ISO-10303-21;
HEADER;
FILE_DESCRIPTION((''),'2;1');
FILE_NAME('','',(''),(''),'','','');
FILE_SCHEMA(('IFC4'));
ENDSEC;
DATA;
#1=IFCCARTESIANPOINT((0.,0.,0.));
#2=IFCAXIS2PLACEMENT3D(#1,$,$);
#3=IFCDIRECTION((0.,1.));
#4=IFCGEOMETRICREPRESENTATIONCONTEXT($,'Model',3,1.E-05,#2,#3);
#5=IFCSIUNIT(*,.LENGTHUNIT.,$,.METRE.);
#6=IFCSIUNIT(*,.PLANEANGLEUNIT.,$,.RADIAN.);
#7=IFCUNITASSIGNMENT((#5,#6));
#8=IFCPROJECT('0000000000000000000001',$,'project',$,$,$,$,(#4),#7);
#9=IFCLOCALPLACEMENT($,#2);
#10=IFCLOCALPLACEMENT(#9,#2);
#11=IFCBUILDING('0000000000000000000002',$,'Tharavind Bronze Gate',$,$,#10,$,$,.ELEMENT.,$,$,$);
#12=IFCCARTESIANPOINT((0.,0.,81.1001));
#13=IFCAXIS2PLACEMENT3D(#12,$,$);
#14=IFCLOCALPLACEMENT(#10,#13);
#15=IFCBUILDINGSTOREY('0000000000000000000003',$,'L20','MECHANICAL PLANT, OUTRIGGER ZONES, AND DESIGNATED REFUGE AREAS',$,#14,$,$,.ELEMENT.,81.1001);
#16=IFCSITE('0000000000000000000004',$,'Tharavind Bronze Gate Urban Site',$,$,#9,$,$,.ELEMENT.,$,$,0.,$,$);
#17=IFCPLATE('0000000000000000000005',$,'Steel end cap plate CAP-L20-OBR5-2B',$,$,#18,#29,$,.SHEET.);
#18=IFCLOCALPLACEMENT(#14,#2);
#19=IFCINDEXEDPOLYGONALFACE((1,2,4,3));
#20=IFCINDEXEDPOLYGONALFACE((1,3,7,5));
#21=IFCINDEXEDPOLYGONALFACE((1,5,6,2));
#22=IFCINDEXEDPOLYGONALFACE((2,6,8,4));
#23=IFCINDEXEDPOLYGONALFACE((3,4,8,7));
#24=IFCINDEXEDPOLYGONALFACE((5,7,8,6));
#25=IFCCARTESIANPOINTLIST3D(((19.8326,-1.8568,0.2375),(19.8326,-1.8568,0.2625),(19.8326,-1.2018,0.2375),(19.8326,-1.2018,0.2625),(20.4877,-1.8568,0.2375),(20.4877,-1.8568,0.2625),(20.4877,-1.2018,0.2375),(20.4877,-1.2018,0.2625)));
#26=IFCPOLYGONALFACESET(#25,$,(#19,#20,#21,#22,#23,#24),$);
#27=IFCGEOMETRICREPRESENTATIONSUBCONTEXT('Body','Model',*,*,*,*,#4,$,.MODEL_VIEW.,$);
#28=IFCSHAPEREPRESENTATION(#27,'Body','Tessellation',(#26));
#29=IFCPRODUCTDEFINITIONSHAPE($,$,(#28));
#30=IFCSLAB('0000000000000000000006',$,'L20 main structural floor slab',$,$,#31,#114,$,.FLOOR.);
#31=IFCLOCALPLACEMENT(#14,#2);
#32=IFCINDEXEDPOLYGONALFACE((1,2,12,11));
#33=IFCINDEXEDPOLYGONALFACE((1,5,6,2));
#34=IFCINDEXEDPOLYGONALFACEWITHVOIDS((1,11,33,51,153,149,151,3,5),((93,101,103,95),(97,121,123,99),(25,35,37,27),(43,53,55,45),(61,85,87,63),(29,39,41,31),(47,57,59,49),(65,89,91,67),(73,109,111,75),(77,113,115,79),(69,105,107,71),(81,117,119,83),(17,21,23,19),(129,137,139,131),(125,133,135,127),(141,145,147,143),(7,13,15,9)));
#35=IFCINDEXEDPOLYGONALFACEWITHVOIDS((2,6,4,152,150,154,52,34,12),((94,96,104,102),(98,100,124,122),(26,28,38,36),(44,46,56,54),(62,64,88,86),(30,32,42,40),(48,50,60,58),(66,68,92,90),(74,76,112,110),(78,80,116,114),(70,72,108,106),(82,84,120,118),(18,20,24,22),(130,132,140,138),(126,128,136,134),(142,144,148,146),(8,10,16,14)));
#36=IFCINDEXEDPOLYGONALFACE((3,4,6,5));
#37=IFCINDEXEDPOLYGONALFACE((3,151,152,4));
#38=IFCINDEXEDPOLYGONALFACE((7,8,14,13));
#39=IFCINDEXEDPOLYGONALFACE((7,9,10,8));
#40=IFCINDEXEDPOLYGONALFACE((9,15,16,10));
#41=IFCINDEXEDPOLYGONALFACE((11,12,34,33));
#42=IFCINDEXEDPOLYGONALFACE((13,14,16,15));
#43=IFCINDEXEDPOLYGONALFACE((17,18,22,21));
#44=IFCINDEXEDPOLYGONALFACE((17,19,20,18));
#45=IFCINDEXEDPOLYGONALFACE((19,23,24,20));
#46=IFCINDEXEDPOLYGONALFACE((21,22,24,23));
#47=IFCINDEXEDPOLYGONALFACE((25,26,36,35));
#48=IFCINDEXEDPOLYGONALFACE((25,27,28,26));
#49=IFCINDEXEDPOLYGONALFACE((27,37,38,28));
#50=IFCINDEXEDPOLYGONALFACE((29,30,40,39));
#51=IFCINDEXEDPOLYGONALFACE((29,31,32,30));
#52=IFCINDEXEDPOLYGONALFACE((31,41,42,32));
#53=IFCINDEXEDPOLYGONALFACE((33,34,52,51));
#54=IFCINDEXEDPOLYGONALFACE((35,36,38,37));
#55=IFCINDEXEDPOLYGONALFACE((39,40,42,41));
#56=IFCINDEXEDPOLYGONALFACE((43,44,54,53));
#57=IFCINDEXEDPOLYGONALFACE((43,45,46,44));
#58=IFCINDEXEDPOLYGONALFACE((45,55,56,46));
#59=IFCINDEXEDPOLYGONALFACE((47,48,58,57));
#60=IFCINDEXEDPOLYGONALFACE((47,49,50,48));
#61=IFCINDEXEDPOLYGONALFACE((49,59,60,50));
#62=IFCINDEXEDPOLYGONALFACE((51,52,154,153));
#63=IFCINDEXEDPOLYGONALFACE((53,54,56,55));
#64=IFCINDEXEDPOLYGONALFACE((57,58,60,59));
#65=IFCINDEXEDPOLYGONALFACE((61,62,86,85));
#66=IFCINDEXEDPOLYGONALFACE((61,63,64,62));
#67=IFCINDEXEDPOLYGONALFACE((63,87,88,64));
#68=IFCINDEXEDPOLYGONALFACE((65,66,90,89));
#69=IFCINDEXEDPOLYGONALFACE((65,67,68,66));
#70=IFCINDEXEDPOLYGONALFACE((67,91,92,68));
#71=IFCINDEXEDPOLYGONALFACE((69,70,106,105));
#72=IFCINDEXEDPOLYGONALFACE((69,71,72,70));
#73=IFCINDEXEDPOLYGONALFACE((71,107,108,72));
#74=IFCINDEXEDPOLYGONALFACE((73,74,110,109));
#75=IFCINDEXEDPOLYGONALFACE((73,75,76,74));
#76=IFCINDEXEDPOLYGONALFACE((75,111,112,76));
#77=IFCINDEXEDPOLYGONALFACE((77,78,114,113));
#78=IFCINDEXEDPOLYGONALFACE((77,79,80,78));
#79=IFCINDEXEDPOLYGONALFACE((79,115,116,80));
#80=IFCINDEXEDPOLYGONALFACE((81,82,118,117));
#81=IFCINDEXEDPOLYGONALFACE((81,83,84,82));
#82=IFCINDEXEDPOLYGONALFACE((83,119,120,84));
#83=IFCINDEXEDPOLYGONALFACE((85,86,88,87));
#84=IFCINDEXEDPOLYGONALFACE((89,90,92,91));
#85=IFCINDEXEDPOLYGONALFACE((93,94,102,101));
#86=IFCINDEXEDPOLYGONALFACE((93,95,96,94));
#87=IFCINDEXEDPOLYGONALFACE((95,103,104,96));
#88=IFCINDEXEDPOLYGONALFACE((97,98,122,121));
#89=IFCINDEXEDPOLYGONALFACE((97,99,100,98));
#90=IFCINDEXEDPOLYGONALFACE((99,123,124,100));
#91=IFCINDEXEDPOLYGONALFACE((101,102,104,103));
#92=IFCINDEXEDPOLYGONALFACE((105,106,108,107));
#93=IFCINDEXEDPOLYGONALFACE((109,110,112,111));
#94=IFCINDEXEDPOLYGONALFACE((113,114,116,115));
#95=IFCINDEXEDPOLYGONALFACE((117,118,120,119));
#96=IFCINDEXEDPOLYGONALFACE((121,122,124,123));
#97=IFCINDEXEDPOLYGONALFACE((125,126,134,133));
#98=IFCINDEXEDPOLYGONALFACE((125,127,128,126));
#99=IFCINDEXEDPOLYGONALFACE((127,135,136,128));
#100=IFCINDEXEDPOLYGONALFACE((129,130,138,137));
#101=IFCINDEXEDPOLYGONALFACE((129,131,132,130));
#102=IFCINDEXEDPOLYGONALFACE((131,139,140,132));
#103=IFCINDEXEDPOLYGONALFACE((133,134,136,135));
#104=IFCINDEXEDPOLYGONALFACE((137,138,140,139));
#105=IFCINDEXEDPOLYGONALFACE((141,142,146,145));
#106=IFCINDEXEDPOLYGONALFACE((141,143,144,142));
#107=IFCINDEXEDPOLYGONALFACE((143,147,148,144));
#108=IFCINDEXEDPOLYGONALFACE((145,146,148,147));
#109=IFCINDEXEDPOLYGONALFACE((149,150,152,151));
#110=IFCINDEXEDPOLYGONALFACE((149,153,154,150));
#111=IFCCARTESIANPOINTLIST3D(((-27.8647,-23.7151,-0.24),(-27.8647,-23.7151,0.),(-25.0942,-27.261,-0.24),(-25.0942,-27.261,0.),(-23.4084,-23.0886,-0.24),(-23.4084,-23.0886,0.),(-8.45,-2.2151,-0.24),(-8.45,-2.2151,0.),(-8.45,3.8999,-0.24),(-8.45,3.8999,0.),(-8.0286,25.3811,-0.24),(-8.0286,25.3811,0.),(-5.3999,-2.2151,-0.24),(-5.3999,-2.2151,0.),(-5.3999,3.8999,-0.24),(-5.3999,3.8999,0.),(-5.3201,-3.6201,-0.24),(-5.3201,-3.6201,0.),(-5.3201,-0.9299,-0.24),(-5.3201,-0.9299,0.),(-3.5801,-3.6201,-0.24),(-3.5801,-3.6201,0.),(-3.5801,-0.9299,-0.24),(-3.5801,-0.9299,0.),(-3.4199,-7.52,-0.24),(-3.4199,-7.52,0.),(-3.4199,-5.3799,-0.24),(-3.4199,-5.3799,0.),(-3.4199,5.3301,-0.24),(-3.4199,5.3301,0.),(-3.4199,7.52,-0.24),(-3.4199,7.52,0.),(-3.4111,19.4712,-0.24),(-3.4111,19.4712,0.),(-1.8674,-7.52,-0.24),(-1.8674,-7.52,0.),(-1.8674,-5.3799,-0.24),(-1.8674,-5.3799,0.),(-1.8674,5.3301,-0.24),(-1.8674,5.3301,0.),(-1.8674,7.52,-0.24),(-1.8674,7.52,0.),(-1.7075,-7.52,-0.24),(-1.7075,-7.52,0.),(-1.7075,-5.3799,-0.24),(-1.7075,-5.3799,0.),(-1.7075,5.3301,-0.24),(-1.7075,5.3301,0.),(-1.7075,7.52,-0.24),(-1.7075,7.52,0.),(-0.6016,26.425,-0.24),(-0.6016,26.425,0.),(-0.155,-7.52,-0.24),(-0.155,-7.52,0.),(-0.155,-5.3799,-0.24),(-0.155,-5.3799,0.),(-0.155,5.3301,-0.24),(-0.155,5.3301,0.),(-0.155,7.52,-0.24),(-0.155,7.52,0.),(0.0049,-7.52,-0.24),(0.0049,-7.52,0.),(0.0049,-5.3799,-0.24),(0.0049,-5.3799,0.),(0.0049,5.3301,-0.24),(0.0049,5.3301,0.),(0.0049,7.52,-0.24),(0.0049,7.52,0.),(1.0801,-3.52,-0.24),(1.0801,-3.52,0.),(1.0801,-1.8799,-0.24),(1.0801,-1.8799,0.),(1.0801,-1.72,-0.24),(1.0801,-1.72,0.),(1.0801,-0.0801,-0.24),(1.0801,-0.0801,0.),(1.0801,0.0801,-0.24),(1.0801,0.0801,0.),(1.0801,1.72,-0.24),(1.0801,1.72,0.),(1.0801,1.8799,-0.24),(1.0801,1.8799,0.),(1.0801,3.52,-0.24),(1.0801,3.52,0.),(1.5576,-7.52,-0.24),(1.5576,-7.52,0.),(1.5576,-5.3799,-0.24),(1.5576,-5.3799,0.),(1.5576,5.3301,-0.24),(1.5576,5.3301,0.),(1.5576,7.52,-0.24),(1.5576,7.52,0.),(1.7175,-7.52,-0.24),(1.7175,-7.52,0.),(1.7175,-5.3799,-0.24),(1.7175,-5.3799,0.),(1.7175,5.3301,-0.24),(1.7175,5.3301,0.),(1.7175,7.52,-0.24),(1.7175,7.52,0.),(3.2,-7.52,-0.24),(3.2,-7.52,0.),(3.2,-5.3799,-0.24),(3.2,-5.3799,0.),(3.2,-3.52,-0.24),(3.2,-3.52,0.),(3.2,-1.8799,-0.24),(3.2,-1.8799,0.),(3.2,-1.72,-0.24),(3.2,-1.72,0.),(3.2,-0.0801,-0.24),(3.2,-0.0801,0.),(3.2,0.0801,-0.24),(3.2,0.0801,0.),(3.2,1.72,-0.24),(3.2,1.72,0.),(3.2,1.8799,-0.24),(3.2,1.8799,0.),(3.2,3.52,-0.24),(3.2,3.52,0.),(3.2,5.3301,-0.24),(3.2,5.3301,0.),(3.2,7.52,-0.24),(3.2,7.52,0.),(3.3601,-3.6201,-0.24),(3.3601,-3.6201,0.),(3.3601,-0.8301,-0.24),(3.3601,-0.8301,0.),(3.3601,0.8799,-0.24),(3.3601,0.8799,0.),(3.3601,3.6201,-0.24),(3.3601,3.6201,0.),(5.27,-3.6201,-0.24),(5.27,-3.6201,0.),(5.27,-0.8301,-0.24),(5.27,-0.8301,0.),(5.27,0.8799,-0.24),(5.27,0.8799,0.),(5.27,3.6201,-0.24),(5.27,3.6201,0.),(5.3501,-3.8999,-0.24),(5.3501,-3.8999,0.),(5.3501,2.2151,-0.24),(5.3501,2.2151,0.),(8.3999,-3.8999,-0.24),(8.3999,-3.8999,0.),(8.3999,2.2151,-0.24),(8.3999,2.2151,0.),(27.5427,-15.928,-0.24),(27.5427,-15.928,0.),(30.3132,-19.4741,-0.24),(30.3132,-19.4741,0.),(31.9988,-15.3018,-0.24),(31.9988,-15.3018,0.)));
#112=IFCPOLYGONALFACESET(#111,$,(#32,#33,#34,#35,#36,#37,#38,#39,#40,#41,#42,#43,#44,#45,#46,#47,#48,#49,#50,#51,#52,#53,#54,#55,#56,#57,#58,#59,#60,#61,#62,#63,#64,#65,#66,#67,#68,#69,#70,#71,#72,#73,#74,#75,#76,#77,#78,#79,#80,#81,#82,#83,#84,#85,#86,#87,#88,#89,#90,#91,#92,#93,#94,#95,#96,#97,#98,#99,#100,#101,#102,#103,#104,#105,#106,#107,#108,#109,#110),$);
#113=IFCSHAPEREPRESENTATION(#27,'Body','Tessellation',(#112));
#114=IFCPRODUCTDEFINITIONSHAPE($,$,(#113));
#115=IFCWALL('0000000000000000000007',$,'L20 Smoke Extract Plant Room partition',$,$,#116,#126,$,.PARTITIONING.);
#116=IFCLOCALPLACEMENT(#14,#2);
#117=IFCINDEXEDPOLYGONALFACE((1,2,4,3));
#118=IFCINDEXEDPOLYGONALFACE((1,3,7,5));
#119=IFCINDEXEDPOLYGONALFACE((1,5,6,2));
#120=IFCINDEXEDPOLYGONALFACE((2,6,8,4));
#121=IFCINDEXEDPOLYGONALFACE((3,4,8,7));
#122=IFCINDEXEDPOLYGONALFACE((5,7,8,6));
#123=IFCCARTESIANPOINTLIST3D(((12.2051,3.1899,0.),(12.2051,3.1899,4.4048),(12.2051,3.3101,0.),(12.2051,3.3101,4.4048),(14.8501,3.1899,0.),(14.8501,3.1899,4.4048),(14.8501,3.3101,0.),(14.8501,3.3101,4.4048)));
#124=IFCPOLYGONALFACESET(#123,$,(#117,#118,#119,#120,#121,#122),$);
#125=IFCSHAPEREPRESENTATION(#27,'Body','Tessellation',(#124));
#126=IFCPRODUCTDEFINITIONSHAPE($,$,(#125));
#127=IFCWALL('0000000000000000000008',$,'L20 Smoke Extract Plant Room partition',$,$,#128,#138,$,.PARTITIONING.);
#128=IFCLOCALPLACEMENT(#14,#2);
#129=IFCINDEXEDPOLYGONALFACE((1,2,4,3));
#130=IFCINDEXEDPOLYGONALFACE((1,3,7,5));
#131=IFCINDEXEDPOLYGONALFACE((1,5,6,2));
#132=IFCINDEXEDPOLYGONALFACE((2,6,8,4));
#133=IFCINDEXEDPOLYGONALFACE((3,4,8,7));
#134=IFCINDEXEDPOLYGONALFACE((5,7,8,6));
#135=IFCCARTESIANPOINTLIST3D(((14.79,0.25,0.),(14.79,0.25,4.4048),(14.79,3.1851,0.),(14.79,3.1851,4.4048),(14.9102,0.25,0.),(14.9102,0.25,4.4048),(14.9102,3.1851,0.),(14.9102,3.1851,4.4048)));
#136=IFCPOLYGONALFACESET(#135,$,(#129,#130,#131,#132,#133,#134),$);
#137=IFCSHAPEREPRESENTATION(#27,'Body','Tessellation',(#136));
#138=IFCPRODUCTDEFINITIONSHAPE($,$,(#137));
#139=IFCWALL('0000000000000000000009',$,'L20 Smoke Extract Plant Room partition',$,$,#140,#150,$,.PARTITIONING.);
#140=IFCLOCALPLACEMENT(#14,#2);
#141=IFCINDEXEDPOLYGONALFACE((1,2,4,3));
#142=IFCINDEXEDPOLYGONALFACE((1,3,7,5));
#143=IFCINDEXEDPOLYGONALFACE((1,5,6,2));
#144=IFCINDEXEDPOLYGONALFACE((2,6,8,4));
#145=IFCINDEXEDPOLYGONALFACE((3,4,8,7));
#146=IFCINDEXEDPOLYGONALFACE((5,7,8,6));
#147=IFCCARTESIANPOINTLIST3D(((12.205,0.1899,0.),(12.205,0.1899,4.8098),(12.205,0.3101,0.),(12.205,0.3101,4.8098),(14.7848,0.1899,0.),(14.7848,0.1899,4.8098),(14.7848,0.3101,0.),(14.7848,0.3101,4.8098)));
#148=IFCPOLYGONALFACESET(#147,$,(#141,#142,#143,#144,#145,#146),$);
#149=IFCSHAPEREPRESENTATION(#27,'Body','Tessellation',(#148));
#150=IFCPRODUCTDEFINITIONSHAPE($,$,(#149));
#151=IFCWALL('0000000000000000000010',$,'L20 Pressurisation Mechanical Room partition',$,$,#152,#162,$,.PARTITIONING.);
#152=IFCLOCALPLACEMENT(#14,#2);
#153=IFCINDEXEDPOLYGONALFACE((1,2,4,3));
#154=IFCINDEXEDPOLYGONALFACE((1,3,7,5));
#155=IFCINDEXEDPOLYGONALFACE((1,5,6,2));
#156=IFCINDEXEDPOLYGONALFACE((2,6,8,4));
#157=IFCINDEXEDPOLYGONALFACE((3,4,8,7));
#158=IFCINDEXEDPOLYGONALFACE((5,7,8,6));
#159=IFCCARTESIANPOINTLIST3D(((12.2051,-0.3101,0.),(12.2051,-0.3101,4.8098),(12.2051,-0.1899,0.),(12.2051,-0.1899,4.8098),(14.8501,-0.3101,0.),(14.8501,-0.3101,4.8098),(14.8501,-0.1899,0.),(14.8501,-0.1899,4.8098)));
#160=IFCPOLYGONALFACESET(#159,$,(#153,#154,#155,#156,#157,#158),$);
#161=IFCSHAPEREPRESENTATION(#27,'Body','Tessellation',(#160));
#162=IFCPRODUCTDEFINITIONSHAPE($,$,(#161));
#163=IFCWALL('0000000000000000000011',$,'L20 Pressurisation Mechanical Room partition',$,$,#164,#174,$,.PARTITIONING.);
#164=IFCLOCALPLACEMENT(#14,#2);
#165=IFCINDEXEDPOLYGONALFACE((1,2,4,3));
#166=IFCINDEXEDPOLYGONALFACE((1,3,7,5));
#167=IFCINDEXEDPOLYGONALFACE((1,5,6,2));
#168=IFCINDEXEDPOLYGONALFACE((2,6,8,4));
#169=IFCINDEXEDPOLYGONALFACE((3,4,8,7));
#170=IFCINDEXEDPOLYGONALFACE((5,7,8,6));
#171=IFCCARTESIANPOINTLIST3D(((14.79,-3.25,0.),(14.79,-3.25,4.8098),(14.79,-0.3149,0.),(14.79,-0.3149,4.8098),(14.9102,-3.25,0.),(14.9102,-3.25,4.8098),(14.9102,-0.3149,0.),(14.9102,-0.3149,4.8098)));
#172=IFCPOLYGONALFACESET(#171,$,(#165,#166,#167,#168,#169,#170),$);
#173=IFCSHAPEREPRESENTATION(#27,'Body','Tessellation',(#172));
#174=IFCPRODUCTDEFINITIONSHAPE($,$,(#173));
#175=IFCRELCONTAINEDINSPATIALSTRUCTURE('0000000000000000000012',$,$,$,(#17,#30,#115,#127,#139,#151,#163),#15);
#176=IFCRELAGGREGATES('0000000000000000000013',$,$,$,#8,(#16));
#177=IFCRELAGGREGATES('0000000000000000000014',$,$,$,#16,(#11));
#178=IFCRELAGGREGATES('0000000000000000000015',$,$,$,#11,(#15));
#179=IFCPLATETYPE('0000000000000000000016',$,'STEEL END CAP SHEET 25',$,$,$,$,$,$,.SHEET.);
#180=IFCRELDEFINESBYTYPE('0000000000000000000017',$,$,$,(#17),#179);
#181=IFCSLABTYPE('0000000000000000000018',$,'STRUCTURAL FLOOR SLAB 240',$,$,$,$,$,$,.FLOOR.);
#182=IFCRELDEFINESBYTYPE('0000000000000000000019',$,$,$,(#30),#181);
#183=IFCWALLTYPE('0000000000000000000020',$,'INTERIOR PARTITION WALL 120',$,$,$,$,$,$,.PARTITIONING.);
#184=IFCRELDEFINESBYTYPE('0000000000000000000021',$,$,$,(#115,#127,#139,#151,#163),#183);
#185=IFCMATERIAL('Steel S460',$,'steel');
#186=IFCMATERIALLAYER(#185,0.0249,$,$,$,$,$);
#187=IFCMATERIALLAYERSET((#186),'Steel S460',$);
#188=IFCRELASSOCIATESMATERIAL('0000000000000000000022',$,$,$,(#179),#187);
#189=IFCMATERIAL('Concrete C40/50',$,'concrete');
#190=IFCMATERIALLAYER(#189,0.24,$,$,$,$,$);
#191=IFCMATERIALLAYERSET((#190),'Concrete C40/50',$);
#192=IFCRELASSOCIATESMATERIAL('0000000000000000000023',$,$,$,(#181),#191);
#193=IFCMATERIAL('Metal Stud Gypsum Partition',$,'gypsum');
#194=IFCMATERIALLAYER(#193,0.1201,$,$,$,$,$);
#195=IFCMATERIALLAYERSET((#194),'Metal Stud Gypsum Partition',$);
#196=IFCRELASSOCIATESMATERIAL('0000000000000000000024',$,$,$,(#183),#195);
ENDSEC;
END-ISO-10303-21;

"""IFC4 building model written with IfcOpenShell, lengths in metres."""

from ifc_helpers import new_model, si_unit, direction, frame, frame_2d, origin, origin_2d, place, context, subcontext, project, spatial, polyline, rectangle, outline, extrude, material, layer, layer_set, type_object, element, save


model = new_model("IFC4")

# Units and contexts
model_context = context("Model", 3, precision=1e-05, world=origin(), true_north=direction((0.0, 1.0)))
body_context = subcontext(model_context, "Body", "Model", "MODEL_VIEW")
ifc_project = project(units=[si_unit("LENGTHUNIT", "METRE"), si_unit("PLANEANGLEUNIT", "RADIAN")], contexts=[model_context])

# Site, building, storey
site_placement = place(None, origin())
site = spatial("IfcSite", under=ifc_project, at=site_placement, Name="Tharavind Bronze Gate Urban Site", CompositionType="ELEMENT", RefElevation=0.0)
building_placement = place(site_placement, origin())
building = spatial("IfcBuilding", under=site, at=building_placement, Name="Tharavind Bronze Gate", CompositionType="ELEMENT")
storey_placement = place(building_placement, frame((0.0, 0.0, 81.1001)))
storey = spatial("IfcBuildingStorey", under=building, at=storey_placement, Name="L20", Description="MECHANICAL PLANT, OUTRIGGER ZONES, AND DESIGNATED REFUGE AREAS", CompositionType="ELEMENT", Elevation=81.1001)

# Shared definitions
ifc_material_1 = material(Name="Steel S460", Category="steel")

# Shared definitions
ifc_material_2 = material(Name="Concrete C40/50", Category="concrete")

# Plate
ifc_layer_1 = layer(ifc_material_1, 0.0249)
ifc_layer_set_1 = layer_set([ifc_layer_1], Name="Steel S460")
plate_type = type_object("IfcPlateType", Name="STEEL END CAP SHEET 25", PredefinedType="SHEET", material=ifc_layer_set_1)
plate_1_placement = place(storey_placement, frame((20.1602, -1.5293, 0.2375), z_axis=(0.0, 0.0, 1.0), x_axis=(1.0, 0.0, 0.0)))
element("IfcPlate", 1, at=plate_1_placement, inside=storey, type_object=plate_type, Name="Steel end cap plate CAP-L20-OBR5-2B", PredefinedType="SHEET", context=body_context, shape_type="SweptSolid", body=[
    extrude(rectangle(XDim=0.655, YDim=0.655, at=origin_2d()), origin(), (0.0, 0.0, 1.0), 0.0249),
])

# Slab
ifc_layer_2 = layer(ifc_material_2, 0.24)
ifc_layer_set_2 = layer_set([ifc_layer_2], Name="Concrete C40/50")
slab_type_1 = type_object("IfcSlabType", Name="STRUCTURAL FLOOR SLAB 240", PredefinedType="FLOOR", material=ifc_layer_set_2)
slab_1_placement = place(storey_placement, frame((0.0, 0.0, -0.24)))
element("IfcSlab", 2, at=slab_1_placement, inside=storey, type_object=slab_type_1, Name="L20 main structural floor slab", PredefinedType="FLOOR", context=body_context, shape_type="SweptSolid", body=[
    extrude(outline(polyline([(-0.6016, 26.425), (-3.4111, 19.4712), (-8.0286, 25.3811), (-27.8647, -23.7151), (-23.4084, -23.0886), (-25.0942, -27.261), (30.3132, -19.4741), (27.5427, -15.928), (31.9988, -15.3018), (-0.6016, 26.425)]), holes=[polyline([(-5.3999, -2.2151), (-5.3999, 3.8999), (-8.45, 3.8999), (-8.45, -2.2151), (-5.3999, -2.2151)]), polyline([(5.3501, 2.2151), (5.3501, -3.8999), (8.3999, -3.8999), (8.3999, 2.2151), (5.3501, 2.2151)]), polyline([(-3.4199, -7.52), (-1.8674, -7.52), (-1.8674, -5.3799), (-3.4199, -5.3799), (-3.4199, -7.52)]), polyline([(-1.7075, -7.52), (-0.155, -7.52), (-0.155, -5.3799), (-1.7075, -5.3799), (-1.7075, -7.52)]), polyline([(0.0049, -7.52), (1.5576, -7.52), (1.5576, -5.3799), (0.0049, -5.3799), (0.0049, -7.52)]), polyline([(1.7175, -7.52), (3.2, -7.52), (3.2, -5.3799), (1.7175, -5.3799), (1.7175, -7.52)]), polyline([(-3.4199, 5.3301), (-1.8674, 5.3301), (-1.8674, 7.52), (-3.4199, 7.52), (-3.4199, 5.3301)]), polyline([(-1.7075, 5.3301), (-0.155, 5.3301), (-0.155, 7.52), (-1.7075, 7.52), (-1.7075, 5.3301)]), polyline([(0.0049, 5.3301), (1.5576, 5.3301), (1.5576, 7.52), (0.0049, 7.52), (0.0049, 5.3301)]), polyline([(1.7175, 5.3301), (3.2, 5.3301), (3.2, 7.52), (1.7175, 7.52), (1.7175, 5.3301)]), polyline([(1.0801, -3.52), (3.2, -3.52), (3.2, -1.8799), (1.0801, -1.8799), (1.0801, -3.52)]), polyline([(1.0801, -1.72), (3.2, -1.72), (3.2, -0.0801), (1.0801, -0.0801), (1.0801, -1.72)]), polyline([(1.0801, 0.0801), (3.2, 0.0801), (3.2, 1.72), (1.0801, 1.72), (1.0801, 0.0801)]), polyline([(1.0801, 1.8799), (3.2, 1.8799), (3.2, 3.52), (1.0801, 3.52), (1.0801, 1.8799)]), polyline([(-5.3201, -3.6201), (-3.5801, -3.6201), (-3.5801, -0.9299), (-5.3201, -0.9299), (-5.3201, -3.6201)]), polyline([(3.3601, 0.8799), (5.27, 0.8799), (5.27, 3.6201), (3.3601, 3.6201), (3.3601, 0.8799)]), polyline([(3.3601, -3.6201), (5.27, -3.6201), (5.27, -0.8301), (3.3601, -0.8301), (3.3601, -3.6201)])]), origin(), (0.0, 0.0, 1.0), 0.24),
])

# Walls
ifc_material_3 = material(Name="Metal Stud Gypsum Partition", Category="gypsum")
ifc_layer_3 = layer(ifc_material_3, 0.1201)
ifc_layer_set_3 = layer_set([ifc_layer_3], Name="Metal Stud Gypsum Partition")
wall_type_1 = type_object("IfcWallType", Name="INTERIOR PARTITION WALL 120", PredefinedType="PARTITIONING", material=ifc_layer_set_3)
wall_1_placement = place(storey_placement, frame((12.2051, 3.25, 0.0), z_axis=(0.0, 0.0, 1.0), x_axis=(1.0, 0.0, 0.0)))
element("IfcWall", 3, at=wall_1_placement, inside=storey, type_object=wall_type_1, Name="L20 Smoke Extract Plant Room partition", PredefinedType="PARTITIONING", context=body_context, shape_type="SweptSolid", body=[
    extrude(rectangle(XDim=2.645, YDim=0.1201, at=frame_2d((1.3225, 0.0))), origin(), (0.0, 0.0, 1.0), 4.4048),
])
wall_2_placement = place(storey_placement, frame((14.8501, 3.1851, 0.0), z_axis=(0.0, 0.0, 1.0), x_axis=(0.0, -1.0, 0.0)))
element("IfcWall", 4, at=wall_2_placement, inside=storey, type_object=wall_type_1, Name="L20 Smoke Extract Plant Room partition", PredefinedType="PARTITIONING", context=body_context, shape_type="SweptSolid", body=[
    extrude(rectangle(XDim=2.9351, YDim=0.1201, at=frame_2d((1.4675, 0.0))), origin(), (0.0, 0.0, 1.0), 4.4048),
])
wall_3_placement = place(storey_placement, frame((14.7849, 0.25, 0.0), z_axis=(0.0, 0.0, 1.0), x_axis=(-1.0, 0.0, 0.0)))
element("IfcWall", 5, at=wall_3_placement, inside=storey, type_object=wall_type_1, Name="L20 Smoke Extract Plant Room partition", PredefinedType="PARTITIONING", context=body_context, shape_type="SweptSolid", body=[
    extrude(rectangle(XDim=2.5798, YDim=0.1201, at=frame_2d((1.29, 0.0))), origin(), (0.0, 0.0, 1.0), 4.8098),
])
wall_4_placement = place(storey_placement, frame((12.2051, -0.25, 0.0), z_axis=(0.0, 0.0, 1.0), x_axis=(1.0, 0.0, 0.0)))
element("IfcWall", 6, at=wall_4_placement, inside=storey, type_object=wall_type_1, Name="L20 Pressurisation Mechanical Room partition", PredefinedType="PARTITIONING", context=body_context, shape_type="SweptSolid", body=[
    extrude(rectangle(XDim=2.645, YDim=0.1201, at=frame_2d((1.3225, 0.0))), origin(), (0.0, 0.0, 1.0), 4.8098),
])
wall_5_placement = place(storey_placement, frame((14.8501, -0.3149, 0.0), z_axis=(0.0, 0.0, 1.0), x_axis=(0.0, -1.0, 0.0)))
element("IfcWall", 7, at=wall_5_placement, inside=storey, type_object=wall_type_1, Name="L20 Pressurisation Mechanical Room partition", PredefinedType="PARTITIONING", context=body_context, shape_type="SweptSolid", body=[
    extrude(rectangle(XDim=2.9351, YDim=0.1201, at=frame_2d((1.4675, 0.0))), origin(), (0.0, 0.0, 1.0), 4.8098),
])

save(model, "model.ifc")
